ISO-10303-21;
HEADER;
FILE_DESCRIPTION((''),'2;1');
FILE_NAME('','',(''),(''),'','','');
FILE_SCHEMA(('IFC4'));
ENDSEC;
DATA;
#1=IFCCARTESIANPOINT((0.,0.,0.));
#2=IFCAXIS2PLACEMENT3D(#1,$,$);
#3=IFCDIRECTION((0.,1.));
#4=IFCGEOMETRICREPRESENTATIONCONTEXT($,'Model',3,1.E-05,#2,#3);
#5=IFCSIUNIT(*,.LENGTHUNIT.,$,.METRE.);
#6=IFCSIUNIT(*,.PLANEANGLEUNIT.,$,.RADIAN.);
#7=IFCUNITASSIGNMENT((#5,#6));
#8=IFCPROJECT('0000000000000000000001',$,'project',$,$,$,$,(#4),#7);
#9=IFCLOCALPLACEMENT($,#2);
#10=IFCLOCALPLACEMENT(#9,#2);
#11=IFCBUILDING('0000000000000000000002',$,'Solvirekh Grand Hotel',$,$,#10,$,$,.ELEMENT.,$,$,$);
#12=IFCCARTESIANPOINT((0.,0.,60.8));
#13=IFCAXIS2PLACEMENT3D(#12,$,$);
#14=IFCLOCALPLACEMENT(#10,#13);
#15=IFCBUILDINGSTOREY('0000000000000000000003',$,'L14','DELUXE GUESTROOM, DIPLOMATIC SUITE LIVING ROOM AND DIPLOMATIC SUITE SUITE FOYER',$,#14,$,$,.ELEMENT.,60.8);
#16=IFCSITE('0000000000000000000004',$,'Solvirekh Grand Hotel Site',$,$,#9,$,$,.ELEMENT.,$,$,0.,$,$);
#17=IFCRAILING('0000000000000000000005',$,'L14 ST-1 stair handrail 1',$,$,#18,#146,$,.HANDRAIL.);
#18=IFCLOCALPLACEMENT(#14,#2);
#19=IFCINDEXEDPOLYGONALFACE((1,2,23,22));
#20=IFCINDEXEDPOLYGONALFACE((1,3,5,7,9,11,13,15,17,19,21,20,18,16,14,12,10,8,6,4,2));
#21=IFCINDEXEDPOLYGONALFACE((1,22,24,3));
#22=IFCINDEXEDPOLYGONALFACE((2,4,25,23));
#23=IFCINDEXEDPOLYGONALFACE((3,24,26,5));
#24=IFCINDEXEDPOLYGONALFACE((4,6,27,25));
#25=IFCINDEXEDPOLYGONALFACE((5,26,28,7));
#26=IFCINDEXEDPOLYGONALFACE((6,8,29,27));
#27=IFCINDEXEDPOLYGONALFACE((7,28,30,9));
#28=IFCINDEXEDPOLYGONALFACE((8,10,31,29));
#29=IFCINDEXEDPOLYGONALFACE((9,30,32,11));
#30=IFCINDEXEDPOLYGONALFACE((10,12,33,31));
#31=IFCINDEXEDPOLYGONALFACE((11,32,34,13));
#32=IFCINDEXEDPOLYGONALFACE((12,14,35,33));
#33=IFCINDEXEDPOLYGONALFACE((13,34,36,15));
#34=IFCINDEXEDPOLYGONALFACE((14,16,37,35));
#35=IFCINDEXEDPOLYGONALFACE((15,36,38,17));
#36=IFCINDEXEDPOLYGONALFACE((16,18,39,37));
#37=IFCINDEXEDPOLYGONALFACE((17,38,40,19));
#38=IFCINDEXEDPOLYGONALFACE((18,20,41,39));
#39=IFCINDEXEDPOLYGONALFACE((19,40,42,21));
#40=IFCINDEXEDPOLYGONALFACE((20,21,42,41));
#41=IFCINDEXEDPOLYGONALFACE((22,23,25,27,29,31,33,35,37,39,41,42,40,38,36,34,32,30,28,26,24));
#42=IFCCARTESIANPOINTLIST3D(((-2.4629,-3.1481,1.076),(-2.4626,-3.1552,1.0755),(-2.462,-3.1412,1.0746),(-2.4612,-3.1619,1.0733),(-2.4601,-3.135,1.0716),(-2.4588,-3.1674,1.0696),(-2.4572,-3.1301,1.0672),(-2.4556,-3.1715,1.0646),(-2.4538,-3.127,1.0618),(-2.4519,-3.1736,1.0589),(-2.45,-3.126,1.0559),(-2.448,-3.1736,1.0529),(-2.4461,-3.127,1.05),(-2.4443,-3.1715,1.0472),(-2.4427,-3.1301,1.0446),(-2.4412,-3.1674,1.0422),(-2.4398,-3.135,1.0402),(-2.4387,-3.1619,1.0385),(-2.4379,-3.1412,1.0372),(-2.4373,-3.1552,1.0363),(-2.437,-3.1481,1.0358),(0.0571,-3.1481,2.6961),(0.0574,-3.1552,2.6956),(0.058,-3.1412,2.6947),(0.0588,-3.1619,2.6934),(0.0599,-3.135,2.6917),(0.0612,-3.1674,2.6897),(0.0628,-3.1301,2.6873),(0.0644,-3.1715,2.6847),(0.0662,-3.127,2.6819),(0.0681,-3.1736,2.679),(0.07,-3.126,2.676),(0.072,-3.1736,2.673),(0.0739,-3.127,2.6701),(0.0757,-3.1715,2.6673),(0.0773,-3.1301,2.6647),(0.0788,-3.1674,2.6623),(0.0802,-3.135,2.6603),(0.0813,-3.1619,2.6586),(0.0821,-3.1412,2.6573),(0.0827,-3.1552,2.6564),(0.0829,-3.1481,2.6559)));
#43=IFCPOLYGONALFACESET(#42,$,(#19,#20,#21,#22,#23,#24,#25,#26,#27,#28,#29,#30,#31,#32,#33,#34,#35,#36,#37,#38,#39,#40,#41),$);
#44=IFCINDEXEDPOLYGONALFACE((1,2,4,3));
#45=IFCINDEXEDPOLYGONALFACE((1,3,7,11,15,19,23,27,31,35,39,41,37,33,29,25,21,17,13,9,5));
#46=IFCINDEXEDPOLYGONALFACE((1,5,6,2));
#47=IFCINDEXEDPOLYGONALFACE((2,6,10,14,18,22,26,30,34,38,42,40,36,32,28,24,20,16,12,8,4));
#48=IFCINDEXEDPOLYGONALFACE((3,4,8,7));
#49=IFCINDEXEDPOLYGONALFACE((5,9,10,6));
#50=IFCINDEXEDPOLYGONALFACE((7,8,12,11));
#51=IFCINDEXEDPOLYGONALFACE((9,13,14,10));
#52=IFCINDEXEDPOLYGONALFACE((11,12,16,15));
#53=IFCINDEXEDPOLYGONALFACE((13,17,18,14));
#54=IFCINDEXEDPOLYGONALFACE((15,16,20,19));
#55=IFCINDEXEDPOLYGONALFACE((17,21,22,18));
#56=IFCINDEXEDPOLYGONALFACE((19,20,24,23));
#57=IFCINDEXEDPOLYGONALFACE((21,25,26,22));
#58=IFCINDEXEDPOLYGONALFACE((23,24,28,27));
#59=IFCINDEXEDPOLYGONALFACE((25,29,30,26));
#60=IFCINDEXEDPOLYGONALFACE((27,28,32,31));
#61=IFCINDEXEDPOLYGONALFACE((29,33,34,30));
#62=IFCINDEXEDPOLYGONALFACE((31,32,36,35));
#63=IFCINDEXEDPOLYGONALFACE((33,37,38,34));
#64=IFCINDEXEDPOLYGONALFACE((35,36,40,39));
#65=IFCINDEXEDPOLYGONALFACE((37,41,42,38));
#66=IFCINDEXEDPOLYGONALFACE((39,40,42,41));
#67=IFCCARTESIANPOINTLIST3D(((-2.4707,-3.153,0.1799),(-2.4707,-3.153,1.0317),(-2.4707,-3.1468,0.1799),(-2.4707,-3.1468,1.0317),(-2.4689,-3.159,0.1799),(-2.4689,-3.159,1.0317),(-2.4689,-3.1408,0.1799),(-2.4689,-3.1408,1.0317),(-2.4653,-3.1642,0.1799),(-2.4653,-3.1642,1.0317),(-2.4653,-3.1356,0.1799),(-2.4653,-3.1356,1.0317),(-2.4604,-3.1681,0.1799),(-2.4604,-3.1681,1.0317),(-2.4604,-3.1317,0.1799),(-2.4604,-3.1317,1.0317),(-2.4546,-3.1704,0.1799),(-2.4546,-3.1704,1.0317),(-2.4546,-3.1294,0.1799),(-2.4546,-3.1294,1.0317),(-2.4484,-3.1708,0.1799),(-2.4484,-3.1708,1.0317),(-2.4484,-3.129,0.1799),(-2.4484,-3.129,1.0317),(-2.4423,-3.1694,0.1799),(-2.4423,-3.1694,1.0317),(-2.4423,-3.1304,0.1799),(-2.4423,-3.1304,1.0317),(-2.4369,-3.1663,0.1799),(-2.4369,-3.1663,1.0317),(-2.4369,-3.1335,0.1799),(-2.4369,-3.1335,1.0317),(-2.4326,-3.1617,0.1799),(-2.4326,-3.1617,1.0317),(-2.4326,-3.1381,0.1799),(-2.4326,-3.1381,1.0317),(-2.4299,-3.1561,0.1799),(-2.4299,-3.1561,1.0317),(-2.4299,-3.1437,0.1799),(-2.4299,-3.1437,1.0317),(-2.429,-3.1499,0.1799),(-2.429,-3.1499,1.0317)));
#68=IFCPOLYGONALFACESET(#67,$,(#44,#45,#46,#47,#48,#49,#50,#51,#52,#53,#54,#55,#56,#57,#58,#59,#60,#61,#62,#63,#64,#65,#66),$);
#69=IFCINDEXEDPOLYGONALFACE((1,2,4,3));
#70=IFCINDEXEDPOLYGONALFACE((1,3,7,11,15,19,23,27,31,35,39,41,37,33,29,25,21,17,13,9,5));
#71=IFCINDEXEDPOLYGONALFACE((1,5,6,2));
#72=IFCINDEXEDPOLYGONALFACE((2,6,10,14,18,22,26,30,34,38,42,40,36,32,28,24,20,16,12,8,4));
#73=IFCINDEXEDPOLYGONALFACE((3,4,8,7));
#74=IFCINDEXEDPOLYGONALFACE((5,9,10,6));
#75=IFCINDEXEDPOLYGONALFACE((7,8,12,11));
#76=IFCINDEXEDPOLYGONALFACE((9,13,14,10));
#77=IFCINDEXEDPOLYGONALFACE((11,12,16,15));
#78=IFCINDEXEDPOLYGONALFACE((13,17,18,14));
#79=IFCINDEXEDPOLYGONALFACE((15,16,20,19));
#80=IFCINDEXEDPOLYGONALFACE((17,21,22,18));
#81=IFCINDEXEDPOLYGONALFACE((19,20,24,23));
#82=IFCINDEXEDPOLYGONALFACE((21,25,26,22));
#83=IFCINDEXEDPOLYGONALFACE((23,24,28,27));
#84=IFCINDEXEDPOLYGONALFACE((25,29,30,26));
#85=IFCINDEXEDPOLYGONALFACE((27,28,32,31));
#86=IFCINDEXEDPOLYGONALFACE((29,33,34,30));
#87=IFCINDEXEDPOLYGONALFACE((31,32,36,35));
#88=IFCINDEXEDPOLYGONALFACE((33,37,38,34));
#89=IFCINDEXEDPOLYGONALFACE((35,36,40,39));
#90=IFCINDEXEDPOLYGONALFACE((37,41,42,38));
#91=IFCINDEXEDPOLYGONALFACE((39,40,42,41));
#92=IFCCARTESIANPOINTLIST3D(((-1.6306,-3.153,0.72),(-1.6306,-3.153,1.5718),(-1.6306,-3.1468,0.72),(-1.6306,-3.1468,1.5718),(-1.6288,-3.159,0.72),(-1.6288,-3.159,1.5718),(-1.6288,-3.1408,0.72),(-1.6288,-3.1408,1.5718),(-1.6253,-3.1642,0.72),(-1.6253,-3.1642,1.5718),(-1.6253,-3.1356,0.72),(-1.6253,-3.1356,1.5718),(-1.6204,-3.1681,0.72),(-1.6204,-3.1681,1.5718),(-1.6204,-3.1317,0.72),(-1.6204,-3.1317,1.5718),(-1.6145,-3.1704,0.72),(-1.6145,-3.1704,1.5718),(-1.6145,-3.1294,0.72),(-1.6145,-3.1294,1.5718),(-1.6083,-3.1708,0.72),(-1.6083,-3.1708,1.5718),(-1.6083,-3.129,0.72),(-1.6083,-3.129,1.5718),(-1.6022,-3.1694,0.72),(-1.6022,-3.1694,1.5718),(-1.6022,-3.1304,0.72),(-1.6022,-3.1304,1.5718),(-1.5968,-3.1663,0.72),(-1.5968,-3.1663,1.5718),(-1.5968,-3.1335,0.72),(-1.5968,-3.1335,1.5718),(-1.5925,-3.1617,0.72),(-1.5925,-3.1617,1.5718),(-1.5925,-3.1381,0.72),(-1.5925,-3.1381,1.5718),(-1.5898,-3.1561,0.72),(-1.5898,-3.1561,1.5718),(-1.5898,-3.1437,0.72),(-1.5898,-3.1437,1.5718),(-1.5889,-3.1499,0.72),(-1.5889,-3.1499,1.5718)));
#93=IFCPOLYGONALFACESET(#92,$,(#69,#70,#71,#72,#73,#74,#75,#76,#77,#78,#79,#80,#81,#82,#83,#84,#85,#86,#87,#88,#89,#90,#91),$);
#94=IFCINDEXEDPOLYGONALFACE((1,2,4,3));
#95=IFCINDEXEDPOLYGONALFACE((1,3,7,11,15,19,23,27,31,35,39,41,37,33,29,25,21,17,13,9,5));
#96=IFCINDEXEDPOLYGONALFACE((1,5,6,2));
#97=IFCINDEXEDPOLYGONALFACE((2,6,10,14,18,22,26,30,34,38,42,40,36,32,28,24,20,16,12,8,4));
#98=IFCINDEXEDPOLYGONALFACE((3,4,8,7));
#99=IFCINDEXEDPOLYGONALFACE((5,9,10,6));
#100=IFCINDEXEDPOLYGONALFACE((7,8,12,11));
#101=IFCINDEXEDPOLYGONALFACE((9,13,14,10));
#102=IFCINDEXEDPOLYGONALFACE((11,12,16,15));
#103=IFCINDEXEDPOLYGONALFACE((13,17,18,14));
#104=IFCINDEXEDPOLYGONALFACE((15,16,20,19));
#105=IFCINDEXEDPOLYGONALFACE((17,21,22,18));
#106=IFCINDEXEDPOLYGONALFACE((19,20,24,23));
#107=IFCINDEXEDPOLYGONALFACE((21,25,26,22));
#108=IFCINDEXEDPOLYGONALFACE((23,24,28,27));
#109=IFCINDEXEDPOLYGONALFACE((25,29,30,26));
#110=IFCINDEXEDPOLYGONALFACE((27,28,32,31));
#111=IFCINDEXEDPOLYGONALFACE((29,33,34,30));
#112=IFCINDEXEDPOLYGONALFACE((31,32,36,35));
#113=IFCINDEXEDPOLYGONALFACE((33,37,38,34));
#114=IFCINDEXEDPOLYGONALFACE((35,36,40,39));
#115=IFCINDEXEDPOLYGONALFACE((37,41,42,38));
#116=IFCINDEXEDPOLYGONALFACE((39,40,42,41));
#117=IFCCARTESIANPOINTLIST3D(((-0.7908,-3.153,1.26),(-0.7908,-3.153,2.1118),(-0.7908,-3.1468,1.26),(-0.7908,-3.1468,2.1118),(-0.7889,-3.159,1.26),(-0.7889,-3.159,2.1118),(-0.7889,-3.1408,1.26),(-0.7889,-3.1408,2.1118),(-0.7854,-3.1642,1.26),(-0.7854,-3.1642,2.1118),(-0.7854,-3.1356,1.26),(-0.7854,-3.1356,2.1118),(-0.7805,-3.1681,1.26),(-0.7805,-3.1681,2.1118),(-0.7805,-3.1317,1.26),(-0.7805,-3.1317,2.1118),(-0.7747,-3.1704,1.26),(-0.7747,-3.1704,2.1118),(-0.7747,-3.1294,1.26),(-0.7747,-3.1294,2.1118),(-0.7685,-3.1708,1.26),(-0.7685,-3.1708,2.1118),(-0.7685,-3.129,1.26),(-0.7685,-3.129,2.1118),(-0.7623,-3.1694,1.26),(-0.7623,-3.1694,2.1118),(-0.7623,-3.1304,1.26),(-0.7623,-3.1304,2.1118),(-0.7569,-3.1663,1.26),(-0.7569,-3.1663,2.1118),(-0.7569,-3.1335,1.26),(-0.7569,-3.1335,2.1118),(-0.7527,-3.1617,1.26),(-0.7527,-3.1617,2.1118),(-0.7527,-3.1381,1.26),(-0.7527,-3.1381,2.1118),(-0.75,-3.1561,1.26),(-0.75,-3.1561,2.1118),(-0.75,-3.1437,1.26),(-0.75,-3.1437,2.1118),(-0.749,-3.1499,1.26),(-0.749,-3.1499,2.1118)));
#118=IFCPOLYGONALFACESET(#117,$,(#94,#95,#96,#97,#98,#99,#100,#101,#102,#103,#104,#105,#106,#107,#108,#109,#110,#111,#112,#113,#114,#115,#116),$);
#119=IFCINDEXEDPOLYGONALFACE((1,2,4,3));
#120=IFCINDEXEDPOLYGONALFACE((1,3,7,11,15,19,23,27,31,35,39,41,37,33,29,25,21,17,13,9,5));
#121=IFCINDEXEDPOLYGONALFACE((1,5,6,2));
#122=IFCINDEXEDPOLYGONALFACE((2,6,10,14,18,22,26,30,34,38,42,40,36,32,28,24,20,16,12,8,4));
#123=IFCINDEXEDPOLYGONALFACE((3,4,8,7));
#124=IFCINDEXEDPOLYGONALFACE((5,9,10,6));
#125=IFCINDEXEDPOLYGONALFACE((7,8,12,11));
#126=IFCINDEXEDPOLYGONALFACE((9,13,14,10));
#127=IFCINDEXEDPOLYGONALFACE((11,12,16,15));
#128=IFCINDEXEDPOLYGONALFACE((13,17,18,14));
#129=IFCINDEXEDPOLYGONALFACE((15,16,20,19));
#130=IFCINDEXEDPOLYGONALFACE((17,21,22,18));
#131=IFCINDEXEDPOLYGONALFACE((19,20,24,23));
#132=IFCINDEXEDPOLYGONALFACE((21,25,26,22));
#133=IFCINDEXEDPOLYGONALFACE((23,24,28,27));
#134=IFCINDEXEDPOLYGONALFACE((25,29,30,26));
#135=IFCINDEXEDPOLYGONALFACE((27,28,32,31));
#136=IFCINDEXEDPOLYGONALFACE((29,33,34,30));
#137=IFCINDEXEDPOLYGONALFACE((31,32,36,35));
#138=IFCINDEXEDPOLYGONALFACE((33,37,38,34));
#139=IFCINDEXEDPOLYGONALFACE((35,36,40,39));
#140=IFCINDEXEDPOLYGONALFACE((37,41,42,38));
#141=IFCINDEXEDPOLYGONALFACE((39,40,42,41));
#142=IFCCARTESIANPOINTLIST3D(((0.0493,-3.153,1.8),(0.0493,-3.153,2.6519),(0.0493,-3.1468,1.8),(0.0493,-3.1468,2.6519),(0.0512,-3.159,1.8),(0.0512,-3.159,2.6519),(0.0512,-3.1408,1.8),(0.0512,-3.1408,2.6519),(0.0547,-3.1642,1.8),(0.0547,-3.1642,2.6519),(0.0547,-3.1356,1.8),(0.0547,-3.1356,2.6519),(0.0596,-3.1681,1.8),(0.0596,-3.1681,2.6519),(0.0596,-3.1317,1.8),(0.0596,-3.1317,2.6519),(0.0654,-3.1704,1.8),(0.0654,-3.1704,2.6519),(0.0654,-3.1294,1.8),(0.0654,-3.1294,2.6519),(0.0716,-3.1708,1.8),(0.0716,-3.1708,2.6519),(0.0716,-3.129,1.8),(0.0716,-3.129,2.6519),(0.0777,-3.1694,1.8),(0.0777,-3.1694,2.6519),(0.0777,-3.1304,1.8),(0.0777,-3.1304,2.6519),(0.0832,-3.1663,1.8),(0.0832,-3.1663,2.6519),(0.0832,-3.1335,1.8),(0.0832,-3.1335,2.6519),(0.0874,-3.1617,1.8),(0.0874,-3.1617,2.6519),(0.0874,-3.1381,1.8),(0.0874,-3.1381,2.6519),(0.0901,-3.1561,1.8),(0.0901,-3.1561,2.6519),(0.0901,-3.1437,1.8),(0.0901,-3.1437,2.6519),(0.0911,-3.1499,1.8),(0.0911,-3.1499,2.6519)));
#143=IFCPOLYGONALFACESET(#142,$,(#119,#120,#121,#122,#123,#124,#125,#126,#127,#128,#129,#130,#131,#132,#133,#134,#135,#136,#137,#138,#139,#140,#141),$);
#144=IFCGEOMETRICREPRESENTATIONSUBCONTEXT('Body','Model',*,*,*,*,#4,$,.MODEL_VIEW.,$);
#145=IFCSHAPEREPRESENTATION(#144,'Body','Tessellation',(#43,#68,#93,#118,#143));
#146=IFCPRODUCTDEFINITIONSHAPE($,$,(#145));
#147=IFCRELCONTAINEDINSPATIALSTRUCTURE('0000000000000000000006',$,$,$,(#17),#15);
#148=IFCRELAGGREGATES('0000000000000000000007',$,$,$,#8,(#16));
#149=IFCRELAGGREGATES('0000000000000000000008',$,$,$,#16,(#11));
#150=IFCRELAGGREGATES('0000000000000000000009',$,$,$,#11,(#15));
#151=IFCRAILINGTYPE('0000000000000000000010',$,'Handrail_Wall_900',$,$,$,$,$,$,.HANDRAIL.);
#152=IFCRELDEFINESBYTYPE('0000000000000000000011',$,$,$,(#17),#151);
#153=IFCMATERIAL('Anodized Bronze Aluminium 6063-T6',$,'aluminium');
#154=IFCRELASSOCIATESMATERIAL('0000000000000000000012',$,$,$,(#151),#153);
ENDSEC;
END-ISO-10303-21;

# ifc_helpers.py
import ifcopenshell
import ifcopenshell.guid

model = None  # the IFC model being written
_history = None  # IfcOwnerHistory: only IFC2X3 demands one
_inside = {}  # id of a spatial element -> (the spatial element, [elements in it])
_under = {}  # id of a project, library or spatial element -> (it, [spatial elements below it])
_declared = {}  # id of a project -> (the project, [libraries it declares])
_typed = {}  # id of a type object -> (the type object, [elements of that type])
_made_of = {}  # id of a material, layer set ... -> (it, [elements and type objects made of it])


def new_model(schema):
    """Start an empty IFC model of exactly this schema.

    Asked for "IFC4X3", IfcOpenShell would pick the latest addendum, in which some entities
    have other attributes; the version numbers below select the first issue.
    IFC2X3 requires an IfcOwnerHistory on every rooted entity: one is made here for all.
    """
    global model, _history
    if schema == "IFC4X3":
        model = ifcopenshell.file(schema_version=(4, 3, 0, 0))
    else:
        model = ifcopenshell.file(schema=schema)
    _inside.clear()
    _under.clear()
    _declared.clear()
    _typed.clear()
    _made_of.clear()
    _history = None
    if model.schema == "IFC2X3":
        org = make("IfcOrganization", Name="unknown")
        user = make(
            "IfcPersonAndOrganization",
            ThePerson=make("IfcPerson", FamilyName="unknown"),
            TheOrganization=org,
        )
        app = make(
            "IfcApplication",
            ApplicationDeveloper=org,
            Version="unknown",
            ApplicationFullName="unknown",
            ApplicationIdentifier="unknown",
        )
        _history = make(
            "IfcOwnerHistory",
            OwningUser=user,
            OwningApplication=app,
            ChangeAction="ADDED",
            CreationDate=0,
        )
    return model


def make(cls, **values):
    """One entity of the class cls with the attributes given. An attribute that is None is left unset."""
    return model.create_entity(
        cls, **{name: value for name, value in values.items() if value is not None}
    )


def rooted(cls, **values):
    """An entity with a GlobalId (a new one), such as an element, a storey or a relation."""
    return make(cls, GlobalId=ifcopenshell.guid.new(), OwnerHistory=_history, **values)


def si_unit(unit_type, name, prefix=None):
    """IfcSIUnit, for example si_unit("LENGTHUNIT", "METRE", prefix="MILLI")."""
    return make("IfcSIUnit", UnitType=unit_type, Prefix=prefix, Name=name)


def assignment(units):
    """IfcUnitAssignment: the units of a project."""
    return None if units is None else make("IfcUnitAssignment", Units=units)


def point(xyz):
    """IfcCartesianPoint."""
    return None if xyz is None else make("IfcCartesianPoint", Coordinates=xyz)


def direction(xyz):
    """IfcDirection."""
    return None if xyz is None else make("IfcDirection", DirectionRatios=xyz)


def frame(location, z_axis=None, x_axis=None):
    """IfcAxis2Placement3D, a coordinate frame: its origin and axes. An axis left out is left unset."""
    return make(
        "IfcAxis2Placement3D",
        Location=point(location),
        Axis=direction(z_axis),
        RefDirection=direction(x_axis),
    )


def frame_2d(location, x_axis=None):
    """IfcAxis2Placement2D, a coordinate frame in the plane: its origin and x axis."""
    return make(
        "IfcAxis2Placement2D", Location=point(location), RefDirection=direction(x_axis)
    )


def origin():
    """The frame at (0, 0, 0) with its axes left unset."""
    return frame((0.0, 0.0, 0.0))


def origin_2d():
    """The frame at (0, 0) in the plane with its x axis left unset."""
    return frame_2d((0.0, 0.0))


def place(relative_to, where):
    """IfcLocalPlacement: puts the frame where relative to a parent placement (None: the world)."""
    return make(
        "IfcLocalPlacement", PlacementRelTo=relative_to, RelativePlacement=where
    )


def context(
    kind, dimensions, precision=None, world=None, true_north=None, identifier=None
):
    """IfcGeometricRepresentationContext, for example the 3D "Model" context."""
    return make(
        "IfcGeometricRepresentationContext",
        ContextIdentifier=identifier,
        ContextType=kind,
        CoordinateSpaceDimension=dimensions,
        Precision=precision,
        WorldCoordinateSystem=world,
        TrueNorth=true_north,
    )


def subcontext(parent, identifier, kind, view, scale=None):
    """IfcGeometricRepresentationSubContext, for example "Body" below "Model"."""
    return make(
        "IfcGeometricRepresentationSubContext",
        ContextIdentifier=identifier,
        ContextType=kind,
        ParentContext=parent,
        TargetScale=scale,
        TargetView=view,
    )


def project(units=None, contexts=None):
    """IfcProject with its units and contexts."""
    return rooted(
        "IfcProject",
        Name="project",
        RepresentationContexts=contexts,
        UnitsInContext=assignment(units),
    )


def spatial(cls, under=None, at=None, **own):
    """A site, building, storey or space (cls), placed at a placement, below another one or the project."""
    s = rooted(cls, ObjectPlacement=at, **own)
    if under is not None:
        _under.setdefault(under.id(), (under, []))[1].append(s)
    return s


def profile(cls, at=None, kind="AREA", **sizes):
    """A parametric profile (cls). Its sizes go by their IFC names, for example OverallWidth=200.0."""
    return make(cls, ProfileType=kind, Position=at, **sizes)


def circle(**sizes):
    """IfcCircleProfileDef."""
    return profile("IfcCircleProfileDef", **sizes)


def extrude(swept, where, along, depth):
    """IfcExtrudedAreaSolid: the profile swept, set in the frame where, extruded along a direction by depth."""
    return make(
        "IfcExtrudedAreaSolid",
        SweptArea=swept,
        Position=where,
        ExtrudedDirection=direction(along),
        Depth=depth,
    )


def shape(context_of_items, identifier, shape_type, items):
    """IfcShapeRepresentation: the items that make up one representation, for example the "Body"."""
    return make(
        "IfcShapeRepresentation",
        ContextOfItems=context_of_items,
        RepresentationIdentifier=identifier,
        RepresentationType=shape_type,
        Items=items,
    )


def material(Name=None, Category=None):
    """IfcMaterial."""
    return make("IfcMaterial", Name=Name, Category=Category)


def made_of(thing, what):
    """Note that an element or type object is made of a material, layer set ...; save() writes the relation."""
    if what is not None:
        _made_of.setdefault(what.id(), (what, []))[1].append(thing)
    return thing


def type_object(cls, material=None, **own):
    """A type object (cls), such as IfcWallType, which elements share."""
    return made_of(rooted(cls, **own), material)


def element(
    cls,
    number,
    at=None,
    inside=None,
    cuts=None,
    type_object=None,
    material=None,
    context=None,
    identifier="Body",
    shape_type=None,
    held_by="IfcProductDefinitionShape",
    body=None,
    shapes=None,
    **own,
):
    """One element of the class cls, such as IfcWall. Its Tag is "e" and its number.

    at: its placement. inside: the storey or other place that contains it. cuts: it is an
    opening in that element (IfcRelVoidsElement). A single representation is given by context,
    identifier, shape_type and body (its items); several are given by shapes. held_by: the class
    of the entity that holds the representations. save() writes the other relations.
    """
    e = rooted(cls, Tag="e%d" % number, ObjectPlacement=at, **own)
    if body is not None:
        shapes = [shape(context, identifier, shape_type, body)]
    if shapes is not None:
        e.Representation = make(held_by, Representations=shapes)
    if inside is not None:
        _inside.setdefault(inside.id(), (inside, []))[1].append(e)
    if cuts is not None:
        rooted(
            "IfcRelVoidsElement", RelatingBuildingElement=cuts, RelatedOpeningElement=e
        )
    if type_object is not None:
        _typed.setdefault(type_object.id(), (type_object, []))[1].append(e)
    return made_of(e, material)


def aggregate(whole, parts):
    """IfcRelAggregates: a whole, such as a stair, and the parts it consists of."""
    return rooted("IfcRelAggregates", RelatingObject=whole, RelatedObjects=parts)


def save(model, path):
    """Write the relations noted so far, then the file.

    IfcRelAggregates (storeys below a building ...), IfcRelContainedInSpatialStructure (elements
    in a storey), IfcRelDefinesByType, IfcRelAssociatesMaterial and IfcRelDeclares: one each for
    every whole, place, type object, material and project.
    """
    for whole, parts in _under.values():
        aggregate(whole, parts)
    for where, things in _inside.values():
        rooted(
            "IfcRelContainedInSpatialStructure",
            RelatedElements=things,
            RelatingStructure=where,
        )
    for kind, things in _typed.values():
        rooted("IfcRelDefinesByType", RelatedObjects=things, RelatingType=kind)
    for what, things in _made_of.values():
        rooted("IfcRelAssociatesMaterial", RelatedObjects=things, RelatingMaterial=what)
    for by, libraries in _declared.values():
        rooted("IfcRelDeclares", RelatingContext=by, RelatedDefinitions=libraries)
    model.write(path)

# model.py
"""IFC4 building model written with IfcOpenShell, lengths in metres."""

from ifc_helpers import new_model, si_unit, direction, frame, origin, origin_2d, place, context, subcontext, project, spatial, circle, extrude, material, type_object, element, save


model = new_model("IFC4")

# Units and contexts
model_context = context("Model", 3, precision=1e-05, world=origin(), true_north=direction((0.0, 1.0)))
body_context = subcontext(model_context, "Body", "Model", "MODEL_VIEW")
ifc_project = project(units=[si_unit("LENGTHUNIT", "METRE"), si_unit("PLANEANGLEUNIT", "RADIAN")], contexts=[model_context])

# Site, building, storey
site_placement = place(None, origin())
site = spatial("IfcSite", under=ifc_project, at=site_placement, Name="Solvirekh Grand Hotel Site", CompositionType="ELEMENT", RefElevation=0.0)
building_placement = place(site_placement, origin())
building = spatial("IfcBuilding", under=site, at=building_placement, Name="Solvirekh Grand Hotel", CompositionType="ELEMENT")
storey_placement = place(building_placement, frame((0.0, 0.0, 60.8)))
storey = spatial("IfcBuildingStorey", under=building, at=storey_placement, Name="L14", Description="DELUXE GUESTROOM, DIPLOMATIC SUITE LIVING ROOM AND DIPLOMATIC SUITE SUITE FOYER", CompositionType="ELEMENT", Elevation=60.8)

# Shared definitions
ifc_material_1 = material(Name="Anodized Bronze Aluminium 6063-T6", Category="aluminium")

# Railing
railing_type_1 = type_object("IfcRailingType", Name="Handrail_Wall_900", PredefinedType="HANDRAIL", material=ifc_material_1)
railing_1_placement = place(storey_placement, frame((-2.45, -3.1499, 0.1799)))
element("IfcRailing", 1, at=railing_1_placement, inside=storey, type_object=railing_type_1, Name="L14 ST-1 stair handrail 1", PredefinedType="HANDRAIL", context=body_context, shape_type="SweptSolid", body=[
    extrude(circle(Radius=0.0239, at=origin_2d()), frame((0.0, 0.0, 0.876), z_axis=(0.841163, 0.0, 0.540782), x_axis=(0.0, 1.0, 0.0)), (0.0, 0.0, 1.0), 2.9958),
    extrude(circle(Radius=0.021, at=origin_2d()), origin(), (0.0, 0.0, 1.0), 0.8518),
    extrude(circle(Radius=0.021, at=origin_2d()), frame((0.8401, 0.0, 0.54)), (0.0, 0.0, 1.0), 0.8518),
    extrude(circle(Radius=0.021, at=origin_2d()), frame((1.6799, 0.0, 1.0801)), (0.0, 0.0, 1.0), 0.8518),
    extrude(circle(Radius=0.021, at=origin_2d()), frame((2.52, 0.0, 1.6201)), (0.0, 0.0, 1.0), 0.8518),
])

save(model, "model.ifc")
